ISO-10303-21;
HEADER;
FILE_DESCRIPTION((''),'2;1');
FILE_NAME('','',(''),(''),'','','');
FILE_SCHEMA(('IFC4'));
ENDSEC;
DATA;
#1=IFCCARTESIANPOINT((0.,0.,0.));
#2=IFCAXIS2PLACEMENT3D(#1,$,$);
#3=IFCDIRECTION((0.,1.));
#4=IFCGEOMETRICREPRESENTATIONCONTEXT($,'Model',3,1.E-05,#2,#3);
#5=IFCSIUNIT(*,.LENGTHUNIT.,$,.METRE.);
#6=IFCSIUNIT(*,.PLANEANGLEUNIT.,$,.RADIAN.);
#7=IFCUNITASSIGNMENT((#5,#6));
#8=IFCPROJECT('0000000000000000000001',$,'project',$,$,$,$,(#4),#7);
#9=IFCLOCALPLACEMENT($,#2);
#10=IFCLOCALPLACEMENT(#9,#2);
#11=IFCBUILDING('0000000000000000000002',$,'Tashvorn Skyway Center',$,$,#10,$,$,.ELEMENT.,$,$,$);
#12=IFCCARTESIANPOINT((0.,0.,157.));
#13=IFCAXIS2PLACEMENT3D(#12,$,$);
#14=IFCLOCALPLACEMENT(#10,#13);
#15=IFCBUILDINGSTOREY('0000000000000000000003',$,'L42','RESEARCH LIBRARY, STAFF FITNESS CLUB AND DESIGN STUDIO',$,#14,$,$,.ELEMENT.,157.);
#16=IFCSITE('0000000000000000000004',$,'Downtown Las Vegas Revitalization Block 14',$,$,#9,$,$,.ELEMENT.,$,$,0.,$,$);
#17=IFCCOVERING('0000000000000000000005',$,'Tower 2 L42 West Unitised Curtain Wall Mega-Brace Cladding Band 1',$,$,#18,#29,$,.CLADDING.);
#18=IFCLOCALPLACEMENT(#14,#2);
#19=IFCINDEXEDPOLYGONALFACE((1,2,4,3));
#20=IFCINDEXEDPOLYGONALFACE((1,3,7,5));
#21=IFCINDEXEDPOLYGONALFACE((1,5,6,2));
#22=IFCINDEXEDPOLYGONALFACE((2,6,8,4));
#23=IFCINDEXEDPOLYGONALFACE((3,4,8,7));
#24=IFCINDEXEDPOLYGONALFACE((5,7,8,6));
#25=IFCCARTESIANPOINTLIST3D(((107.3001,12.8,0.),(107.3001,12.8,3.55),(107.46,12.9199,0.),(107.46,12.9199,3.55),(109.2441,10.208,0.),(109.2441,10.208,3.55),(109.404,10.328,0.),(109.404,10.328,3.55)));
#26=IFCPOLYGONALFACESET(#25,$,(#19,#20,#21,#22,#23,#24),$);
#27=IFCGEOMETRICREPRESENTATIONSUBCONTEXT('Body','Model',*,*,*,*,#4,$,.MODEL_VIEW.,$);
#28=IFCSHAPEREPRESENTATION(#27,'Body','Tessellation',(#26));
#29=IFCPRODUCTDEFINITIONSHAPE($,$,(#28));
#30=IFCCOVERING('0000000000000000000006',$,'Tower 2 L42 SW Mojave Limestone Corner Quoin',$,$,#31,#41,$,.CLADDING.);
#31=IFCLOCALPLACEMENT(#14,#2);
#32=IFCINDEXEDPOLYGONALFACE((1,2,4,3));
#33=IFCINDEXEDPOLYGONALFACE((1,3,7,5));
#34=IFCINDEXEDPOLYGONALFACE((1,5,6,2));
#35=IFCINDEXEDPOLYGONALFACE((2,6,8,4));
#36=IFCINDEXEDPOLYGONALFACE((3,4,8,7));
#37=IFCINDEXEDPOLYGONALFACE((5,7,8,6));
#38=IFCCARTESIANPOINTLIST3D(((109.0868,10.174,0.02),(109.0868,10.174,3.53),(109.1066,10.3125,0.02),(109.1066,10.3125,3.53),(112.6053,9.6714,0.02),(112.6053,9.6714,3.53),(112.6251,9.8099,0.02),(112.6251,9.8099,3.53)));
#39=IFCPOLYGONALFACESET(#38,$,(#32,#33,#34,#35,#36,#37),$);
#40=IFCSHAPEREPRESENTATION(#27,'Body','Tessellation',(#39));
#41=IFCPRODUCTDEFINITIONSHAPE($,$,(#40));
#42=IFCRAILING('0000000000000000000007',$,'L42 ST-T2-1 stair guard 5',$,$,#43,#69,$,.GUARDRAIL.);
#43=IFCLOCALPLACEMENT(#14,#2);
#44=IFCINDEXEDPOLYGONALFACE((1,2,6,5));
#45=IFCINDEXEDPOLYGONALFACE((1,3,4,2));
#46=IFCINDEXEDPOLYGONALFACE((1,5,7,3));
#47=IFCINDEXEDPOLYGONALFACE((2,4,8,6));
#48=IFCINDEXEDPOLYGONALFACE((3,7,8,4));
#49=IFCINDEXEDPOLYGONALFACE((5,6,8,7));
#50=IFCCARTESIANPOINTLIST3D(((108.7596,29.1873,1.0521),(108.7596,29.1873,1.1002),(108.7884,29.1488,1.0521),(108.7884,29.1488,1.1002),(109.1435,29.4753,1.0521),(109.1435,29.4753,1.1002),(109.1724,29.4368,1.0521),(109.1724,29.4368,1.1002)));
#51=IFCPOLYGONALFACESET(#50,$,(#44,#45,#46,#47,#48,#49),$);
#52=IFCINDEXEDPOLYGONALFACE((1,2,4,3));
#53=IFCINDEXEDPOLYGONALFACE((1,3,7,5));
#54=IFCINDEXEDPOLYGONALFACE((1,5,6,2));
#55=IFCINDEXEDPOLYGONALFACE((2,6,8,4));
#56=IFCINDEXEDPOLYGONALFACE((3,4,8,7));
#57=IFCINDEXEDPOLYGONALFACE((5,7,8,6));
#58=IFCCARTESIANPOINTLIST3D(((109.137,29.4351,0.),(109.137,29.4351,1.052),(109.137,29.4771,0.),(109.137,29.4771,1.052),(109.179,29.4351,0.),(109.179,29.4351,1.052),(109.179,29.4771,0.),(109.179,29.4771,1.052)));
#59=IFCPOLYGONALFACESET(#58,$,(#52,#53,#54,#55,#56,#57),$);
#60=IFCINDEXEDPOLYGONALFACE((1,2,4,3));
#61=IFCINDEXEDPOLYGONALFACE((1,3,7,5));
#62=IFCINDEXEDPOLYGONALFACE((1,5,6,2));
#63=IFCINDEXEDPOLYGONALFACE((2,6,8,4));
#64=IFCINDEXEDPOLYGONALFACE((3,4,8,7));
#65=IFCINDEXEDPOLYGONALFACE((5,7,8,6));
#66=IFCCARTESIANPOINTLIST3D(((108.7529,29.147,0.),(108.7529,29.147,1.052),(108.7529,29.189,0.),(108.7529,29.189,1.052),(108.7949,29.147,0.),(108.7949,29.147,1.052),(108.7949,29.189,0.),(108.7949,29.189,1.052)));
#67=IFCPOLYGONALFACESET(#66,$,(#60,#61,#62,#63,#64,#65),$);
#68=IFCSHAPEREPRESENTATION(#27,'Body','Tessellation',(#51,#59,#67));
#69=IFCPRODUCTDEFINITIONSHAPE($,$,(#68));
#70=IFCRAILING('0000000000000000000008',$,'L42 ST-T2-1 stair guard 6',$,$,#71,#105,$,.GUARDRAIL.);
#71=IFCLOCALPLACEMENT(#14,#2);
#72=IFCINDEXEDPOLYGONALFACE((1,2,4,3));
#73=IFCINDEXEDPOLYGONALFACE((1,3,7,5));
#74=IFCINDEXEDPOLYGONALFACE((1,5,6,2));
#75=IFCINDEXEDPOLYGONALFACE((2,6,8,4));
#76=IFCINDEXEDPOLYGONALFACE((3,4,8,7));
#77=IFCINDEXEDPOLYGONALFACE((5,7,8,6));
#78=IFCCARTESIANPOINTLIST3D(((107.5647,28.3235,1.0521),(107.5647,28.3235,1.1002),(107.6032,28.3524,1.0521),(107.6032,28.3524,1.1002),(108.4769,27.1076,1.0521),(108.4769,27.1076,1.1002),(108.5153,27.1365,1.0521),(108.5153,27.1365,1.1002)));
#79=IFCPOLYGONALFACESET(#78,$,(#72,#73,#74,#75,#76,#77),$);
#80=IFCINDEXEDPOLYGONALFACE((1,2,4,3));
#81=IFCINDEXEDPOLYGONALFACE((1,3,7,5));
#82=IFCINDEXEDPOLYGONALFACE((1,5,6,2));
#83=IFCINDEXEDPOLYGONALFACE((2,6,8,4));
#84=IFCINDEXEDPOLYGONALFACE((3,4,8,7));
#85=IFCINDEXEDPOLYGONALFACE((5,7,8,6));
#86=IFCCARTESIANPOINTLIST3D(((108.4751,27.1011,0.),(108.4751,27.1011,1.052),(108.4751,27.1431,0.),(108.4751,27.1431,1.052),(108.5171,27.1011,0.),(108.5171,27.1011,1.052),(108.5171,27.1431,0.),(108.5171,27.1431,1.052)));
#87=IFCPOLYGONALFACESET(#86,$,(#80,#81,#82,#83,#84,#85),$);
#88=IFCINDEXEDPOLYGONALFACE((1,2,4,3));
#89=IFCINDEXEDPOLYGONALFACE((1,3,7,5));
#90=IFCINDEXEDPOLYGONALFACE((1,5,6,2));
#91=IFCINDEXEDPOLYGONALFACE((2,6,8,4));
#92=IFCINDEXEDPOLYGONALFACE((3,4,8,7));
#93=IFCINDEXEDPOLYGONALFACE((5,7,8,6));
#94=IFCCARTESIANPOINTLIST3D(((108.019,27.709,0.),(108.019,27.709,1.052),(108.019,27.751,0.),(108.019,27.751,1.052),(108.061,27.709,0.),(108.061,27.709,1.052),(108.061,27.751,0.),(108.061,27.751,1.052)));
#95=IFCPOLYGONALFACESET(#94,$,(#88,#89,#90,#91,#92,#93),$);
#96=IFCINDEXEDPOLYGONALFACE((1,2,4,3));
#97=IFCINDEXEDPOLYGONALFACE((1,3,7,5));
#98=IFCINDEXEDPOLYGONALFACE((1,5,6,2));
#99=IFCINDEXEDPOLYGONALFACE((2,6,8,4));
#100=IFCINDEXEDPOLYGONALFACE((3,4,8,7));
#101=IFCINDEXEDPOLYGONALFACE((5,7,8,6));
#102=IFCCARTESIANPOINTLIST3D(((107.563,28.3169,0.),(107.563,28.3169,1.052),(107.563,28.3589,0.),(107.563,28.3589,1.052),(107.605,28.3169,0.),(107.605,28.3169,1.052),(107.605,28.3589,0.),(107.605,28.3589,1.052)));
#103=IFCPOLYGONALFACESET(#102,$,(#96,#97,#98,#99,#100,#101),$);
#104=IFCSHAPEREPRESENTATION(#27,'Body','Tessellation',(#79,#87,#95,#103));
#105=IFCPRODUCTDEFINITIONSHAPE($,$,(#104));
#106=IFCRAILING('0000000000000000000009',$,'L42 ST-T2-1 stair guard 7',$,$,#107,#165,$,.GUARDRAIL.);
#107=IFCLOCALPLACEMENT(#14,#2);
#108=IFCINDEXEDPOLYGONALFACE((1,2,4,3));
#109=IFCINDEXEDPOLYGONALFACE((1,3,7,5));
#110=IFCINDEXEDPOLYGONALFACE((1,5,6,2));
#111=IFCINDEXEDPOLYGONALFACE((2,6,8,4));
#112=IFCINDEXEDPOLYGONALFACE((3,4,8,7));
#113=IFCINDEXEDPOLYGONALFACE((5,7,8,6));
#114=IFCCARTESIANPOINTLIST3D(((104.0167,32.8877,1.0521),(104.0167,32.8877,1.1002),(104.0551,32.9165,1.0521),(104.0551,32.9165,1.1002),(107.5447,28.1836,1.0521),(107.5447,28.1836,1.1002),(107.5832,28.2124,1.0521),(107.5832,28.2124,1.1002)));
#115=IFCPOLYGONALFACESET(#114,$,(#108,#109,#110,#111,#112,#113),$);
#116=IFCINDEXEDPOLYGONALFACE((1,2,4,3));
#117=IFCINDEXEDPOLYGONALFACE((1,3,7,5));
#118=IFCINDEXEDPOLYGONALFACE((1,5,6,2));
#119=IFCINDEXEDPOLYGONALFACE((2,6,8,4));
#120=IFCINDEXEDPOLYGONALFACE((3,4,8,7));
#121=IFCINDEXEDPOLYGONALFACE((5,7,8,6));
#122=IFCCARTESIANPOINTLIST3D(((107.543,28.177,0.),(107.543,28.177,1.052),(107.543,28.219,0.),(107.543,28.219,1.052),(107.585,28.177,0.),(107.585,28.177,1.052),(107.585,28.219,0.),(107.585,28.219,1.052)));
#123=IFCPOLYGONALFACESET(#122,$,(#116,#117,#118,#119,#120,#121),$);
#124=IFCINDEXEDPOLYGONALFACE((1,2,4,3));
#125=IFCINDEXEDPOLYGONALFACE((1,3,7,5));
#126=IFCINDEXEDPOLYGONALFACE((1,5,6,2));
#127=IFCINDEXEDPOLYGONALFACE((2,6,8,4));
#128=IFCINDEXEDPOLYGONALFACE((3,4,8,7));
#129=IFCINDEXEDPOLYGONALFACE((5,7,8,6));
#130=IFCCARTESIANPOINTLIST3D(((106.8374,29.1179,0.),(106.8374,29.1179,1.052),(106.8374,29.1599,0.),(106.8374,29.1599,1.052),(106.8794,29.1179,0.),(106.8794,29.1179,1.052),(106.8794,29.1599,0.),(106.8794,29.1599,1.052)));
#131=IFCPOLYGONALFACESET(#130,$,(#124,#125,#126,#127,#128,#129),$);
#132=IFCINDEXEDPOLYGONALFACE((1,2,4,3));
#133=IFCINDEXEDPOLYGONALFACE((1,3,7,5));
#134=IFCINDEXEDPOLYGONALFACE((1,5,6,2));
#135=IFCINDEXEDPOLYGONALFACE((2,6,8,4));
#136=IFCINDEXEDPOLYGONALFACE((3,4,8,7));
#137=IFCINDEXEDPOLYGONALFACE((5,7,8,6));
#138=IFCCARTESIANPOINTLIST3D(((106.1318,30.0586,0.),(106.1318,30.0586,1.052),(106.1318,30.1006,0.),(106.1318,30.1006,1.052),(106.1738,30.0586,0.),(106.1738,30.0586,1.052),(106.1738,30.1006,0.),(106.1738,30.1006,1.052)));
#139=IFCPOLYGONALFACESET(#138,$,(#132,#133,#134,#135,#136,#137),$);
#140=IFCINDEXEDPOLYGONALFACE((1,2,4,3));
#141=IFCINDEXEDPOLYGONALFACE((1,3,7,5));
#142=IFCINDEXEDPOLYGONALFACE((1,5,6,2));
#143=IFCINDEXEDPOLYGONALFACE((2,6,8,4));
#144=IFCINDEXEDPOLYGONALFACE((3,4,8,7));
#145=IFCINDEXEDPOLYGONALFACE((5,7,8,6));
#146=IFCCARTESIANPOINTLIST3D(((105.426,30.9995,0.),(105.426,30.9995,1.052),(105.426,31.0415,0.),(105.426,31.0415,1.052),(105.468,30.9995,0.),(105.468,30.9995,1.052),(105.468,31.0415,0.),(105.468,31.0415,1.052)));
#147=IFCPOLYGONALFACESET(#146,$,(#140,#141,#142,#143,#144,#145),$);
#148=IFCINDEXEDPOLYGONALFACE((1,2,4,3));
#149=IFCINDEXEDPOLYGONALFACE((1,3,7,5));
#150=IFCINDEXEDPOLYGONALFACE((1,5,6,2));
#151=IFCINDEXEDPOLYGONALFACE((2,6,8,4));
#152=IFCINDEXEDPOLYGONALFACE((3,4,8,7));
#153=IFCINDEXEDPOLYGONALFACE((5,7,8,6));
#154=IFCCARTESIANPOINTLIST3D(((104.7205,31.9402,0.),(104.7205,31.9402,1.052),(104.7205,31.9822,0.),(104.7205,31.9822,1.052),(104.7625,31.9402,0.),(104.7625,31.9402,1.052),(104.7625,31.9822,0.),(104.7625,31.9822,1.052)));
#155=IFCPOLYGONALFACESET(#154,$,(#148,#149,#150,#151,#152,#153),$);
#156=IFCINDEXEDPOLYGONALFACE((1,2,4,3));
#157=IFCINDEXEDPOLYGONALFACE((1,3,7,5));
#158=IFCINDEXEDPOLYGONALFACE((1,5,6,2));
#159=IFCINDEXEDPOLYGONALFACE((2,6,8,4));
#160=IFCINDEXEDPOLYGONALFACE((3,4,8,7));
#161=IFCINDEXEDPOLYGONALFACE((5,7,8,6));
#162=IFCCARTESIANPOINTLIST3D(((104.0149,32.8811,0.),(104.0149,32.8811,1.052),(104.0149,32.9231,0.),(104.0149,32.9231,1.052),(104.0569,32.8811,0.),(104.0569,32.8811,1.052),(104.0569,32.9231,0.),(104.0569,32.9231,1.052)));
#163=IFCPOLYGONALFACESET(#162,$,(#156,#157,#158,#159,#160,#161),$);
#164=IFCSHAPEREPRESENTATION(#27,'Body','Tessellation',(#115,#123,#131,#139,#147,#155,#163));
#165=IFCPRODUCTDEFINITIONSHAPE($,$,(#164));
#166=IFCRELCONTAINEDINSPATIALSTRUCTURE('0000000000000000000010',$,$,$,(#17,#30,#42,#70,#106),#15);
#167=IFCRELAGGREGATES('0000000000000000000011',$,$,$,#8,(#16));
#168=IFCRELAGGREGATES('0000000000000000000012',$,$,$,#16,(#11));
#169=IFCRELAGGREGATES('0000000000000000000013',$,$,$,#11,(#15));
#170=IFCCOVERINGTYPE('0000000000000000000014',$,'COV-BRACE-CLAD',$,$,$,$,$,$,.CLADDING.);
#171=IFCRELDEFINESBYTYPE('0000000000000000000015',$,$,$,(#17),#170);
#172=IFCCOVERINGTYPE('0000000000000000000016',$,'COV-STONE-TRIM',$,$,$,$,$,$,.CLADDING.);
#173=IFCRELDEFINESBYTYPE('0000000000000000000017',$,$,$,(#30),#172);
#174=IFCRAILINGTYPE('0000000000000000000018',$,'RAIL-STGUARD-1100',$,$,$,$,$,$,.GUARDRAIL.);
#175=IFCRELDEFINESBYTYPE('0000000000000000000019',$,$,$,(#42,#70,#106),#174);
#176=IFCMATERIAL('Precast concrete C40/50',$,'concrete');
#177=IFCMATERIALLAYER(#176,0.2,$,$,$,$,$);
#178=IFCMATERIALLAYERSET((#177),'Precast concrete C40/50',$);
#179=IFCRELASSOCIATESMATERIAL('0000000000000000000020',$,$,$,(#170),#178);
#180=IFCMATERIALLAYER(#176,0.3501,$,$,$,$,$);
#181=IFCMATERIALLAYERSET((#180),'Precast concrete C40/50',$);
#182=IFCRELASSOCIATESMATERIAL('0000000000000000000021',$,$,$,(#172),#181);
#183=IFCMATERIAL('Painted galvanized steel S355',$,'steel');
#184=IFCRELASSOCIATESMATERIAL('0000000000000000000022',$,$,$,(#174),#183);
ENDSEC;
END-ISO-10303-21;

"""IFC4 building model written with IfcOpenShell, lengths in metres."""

from ifc_helpers import new_model, si_unit, direction, frame, origin, origin_2d, place, context, subcontext, project, spatial, rectangle, extrude, material, layer, layer_set, type_object, element, save


model = new_model("IFC4")

# Units and contexts
model_context = context("Model", 3, precision=1e-05, world=origin(), true_north=direction((0.0, 1.0)))
body_context = subcontext(model_context, "Body", "Model", "MODEL_VIEW")
ifc_project = project(units=[si_unit("LENGTHUNIT", "METRE"), si_unit("PLANEANGLEUNIT", "RADIAN")], contexts=[model_context])

# Site, building, storey
site_placement = place(None, origin())
site = spatial("IfcSite", under=ifc_project, at=site_placement, Name="Downtown Las Vegas Revitalization Block 14", CompositionType="ELEMENT", RefElevation=0.0)
building_placement = place(site_placement, origin())
building = spatial("IfcBuilding", under=site, at=building_placement, Name="Tashvorn Skyway Center", CompositionType="ELEMENT")
storey_placement = place(building_placement, frame((0.0, 0.0, 157.0)))
storey = spatial("IfcBuildingStorey", under=building, at=storey_placement, Name="L42", Description="RESEARCH LIBRARY, STAFF FITNESS CLUB AND DESIGN STUDIO", CompositionType="ELEMENT", Elevation=157.0)

# Shared definitions
ifc_material_1 = material(Name="Precast concrete C40/50", Category="concrete")

# Coverings
ifc_layer_1 = layer(ifc_material_1, 0.2)
ifc_layer_set_1 = layer_set([ifc_layer_1], Name="Precast concrete C40/50")
covering_type_1 = type_object("IfcCoveringType", Name="COV-BRACE-CLAD", PredefinedType="CLADDING", material=ifc_layer_set_1)
covering_1_placement = place(storey_placement, frame((108.3521, 11.564, 0.0), z_axis=(0.0, 0.0, 1.0), x_axis=(-0.6, 0.8, 0.0)))
element("IfcCovering", 1, at=covering_1_placement, inside=storey, type_object=covering_type_1, Name="Tower 2 L42 West Unitised Curtain Wall Mega-Brace Cladding Band 1", PredefinedType="CLADDING", context=body_context, shape_type="SweptSolid", body=[
    extrude(rectangle(XDim=3.24, YDim=0.2, at=origin_2d()), origin(), (0.0, 0.0, 1.0), 3.55),
])
ifc_layer_2 = layer(ifc_material_1, 0.3501)
ifc_layer_set_2 = layer_set([ifc_layer_2], Name="Precast concrete C40/50")
covering_type_2 = type_object("IfcCoveringType", Name="COV-STONE-TRIM", PredefinedType="CLADDING", material=ifc_layer_set_2)
covering_2_placement = place(storey_placement, frame((110.856, 9.9919, 0.02), z_axis=(0.0, 0.0, 1.0), x_axis=(-0.989949, 0.141421, 0.0)))
element("IfcCovering", 2, at=covering_2_placement, inside=storey, type_object=covering_type_2, Name="Tower 2 L42 SW Mojave Limestone Corner Quoin", PredefinedType="CLADDING", context=body_context, shape_type="SweptSolid", body=[
    extrude(rectangle(XDim=3.5542, YDim=0.1399, at=origin_2d()), origin(), (0.0, 0.0, 1.0), 3.51),
])

# Railings
ifc_material_2 = material(Name="Painted galvanized steel S355", Category="steel")
railing_type = type_object("IfcRailingType", Name="RAIL-STGUARD-1100", PredefinedType="GUARDRAIL", material=ifc_material_2)
railing_1_placement = place(storey_placement, frame((109.158, 29.4561, 0.0)))
element("IfcRailing", 3, at=railing_1_placement, inside=storey, type_object=railing_type, Name="L42 ST-T2-1 stair guard 5", PredefinedType="GUARDRAIL", context=body_context, shape_type="SweptSolid", body=[
    extrude(rectangle(XDim=0.0481, YDim=0.0481, at=origin_2d()), frame((0.0, 0.0, 1.0762), z_axis=(-0.799939, -0.600081, 0.0), x_axis=(0.600081, -0.799939, 0.0)), (0.0, 0.0, 1.0), 0.48),
    extrude(rectangle(XDim=0.042, YDim=0.042, at=origin_2d()), origin(), (0.0, 0.0, 1.0), 1.052),
    extrude(rectangle(XDim=0.042, YDim=0.042, at=origin_2d()), frame((-0.384, -0.2881, 0.0)), (0.0, 0.0, 1.0), 1.052),
])
railing_2_placement = place(storey_placement, frame((108.4961, 27.1221, 0.0)))
element("IfcRailing", 4, at=railing_2_placement, inside=storey, type_object=railing_type, Name="L42 ST-T2-1 stair guard 6", PredefinedType="GUARDRAIL", context=body_context, shape_type="SweptSolid", body=[
    extrude(rectangle(XDim=0.0481, YDim=0.0481, at=origin_2d()), frame((0.0, 0.0, 1.0762), z_axis=(-0.600103, 0.799923, 0.0), x_axis=(-0.799923, -0.600103, 0.0)), (0.0, 0.0, 1.0), 1.52),
    extrude(rectangle(XDim=0.042, YDim=0.042, at=origin_2d()), origin(), (0.0, 0.0, 1.0), 1.052),
    extrude(rectangle(XDim=0.042, YDim=0.042, at=origin_2d()), frame((-0.4561, 0.6079, 0.0)), (0.0, 0.0, 1.0), 1.052),
    extrude(rectangle(XDim=0.042, YDim=0.042, at=origin_2d()), frame((-0.9121, 1.2158, 0.0)), (0.0, 0.0, 1.0), 1.052),
])
railing_3_placement = place(storey_placement, frame((107.564, 28.198, 0.0)))
element("IfcRailing", 5, at=railing_3_placement, inside=storey, type_object=railing_type, Name="L42 ST-T2-1 stair guard 7", PredefinedType="GUARDRAIL", context=body_context, shape_type="SweptSolid", body=[
    extrude(rectangle(XDim=0.0481, YDim=0.0481, at=origin_2d()), frame((0.0, 0.0, 1.0762), z_axis=(-0.6, 0.8, 0.0), x_axis=(-0.8, -0.6, 0.0)), (0.0, 0.0, 1.0), 5.8801),
    extrude(rectangle(XDim=0.042, YDim=0.042, at=origin_2d()), origin(), (0.0, 0.0, 1.0), 1.052),
    extrude(rectangle(XDim=0.042, YDim=0.042, at=origin_2d()), frame((-0.7056, 0.9409, 0.0)), (0.0, 0.0, 1.0), 1.052),
    extrude(rectangle(XDim=0.042, YDim=0.042, at=origin_2d()), frame((-1.4111, 1.8816, 0.0)), (0.0, 0.0, 1.0), 1.052),
    extrude(rectangle(XDim=0.042, YDim=0.042, at=origin_2d()), frame((-2.1169, 2.8225, 0.0)), (0.0, 0.0, 1.0), 1.052),
    extrude(rectangle(XDim=0.042, YDim=0.042, at=origin_2d()), frame((-2.8225, 3.7632, 0.0)), (0.0, 0.0, 1.0), 1.052),
    extrude(rectangle(XDim=0.042, YDim=0.042, at=origin_2d()), frame((-3.5281, 4.7041, 0.0)), (0.0, 0.0, 1.0), 1.052),
])

save(model, "model.ifc")
